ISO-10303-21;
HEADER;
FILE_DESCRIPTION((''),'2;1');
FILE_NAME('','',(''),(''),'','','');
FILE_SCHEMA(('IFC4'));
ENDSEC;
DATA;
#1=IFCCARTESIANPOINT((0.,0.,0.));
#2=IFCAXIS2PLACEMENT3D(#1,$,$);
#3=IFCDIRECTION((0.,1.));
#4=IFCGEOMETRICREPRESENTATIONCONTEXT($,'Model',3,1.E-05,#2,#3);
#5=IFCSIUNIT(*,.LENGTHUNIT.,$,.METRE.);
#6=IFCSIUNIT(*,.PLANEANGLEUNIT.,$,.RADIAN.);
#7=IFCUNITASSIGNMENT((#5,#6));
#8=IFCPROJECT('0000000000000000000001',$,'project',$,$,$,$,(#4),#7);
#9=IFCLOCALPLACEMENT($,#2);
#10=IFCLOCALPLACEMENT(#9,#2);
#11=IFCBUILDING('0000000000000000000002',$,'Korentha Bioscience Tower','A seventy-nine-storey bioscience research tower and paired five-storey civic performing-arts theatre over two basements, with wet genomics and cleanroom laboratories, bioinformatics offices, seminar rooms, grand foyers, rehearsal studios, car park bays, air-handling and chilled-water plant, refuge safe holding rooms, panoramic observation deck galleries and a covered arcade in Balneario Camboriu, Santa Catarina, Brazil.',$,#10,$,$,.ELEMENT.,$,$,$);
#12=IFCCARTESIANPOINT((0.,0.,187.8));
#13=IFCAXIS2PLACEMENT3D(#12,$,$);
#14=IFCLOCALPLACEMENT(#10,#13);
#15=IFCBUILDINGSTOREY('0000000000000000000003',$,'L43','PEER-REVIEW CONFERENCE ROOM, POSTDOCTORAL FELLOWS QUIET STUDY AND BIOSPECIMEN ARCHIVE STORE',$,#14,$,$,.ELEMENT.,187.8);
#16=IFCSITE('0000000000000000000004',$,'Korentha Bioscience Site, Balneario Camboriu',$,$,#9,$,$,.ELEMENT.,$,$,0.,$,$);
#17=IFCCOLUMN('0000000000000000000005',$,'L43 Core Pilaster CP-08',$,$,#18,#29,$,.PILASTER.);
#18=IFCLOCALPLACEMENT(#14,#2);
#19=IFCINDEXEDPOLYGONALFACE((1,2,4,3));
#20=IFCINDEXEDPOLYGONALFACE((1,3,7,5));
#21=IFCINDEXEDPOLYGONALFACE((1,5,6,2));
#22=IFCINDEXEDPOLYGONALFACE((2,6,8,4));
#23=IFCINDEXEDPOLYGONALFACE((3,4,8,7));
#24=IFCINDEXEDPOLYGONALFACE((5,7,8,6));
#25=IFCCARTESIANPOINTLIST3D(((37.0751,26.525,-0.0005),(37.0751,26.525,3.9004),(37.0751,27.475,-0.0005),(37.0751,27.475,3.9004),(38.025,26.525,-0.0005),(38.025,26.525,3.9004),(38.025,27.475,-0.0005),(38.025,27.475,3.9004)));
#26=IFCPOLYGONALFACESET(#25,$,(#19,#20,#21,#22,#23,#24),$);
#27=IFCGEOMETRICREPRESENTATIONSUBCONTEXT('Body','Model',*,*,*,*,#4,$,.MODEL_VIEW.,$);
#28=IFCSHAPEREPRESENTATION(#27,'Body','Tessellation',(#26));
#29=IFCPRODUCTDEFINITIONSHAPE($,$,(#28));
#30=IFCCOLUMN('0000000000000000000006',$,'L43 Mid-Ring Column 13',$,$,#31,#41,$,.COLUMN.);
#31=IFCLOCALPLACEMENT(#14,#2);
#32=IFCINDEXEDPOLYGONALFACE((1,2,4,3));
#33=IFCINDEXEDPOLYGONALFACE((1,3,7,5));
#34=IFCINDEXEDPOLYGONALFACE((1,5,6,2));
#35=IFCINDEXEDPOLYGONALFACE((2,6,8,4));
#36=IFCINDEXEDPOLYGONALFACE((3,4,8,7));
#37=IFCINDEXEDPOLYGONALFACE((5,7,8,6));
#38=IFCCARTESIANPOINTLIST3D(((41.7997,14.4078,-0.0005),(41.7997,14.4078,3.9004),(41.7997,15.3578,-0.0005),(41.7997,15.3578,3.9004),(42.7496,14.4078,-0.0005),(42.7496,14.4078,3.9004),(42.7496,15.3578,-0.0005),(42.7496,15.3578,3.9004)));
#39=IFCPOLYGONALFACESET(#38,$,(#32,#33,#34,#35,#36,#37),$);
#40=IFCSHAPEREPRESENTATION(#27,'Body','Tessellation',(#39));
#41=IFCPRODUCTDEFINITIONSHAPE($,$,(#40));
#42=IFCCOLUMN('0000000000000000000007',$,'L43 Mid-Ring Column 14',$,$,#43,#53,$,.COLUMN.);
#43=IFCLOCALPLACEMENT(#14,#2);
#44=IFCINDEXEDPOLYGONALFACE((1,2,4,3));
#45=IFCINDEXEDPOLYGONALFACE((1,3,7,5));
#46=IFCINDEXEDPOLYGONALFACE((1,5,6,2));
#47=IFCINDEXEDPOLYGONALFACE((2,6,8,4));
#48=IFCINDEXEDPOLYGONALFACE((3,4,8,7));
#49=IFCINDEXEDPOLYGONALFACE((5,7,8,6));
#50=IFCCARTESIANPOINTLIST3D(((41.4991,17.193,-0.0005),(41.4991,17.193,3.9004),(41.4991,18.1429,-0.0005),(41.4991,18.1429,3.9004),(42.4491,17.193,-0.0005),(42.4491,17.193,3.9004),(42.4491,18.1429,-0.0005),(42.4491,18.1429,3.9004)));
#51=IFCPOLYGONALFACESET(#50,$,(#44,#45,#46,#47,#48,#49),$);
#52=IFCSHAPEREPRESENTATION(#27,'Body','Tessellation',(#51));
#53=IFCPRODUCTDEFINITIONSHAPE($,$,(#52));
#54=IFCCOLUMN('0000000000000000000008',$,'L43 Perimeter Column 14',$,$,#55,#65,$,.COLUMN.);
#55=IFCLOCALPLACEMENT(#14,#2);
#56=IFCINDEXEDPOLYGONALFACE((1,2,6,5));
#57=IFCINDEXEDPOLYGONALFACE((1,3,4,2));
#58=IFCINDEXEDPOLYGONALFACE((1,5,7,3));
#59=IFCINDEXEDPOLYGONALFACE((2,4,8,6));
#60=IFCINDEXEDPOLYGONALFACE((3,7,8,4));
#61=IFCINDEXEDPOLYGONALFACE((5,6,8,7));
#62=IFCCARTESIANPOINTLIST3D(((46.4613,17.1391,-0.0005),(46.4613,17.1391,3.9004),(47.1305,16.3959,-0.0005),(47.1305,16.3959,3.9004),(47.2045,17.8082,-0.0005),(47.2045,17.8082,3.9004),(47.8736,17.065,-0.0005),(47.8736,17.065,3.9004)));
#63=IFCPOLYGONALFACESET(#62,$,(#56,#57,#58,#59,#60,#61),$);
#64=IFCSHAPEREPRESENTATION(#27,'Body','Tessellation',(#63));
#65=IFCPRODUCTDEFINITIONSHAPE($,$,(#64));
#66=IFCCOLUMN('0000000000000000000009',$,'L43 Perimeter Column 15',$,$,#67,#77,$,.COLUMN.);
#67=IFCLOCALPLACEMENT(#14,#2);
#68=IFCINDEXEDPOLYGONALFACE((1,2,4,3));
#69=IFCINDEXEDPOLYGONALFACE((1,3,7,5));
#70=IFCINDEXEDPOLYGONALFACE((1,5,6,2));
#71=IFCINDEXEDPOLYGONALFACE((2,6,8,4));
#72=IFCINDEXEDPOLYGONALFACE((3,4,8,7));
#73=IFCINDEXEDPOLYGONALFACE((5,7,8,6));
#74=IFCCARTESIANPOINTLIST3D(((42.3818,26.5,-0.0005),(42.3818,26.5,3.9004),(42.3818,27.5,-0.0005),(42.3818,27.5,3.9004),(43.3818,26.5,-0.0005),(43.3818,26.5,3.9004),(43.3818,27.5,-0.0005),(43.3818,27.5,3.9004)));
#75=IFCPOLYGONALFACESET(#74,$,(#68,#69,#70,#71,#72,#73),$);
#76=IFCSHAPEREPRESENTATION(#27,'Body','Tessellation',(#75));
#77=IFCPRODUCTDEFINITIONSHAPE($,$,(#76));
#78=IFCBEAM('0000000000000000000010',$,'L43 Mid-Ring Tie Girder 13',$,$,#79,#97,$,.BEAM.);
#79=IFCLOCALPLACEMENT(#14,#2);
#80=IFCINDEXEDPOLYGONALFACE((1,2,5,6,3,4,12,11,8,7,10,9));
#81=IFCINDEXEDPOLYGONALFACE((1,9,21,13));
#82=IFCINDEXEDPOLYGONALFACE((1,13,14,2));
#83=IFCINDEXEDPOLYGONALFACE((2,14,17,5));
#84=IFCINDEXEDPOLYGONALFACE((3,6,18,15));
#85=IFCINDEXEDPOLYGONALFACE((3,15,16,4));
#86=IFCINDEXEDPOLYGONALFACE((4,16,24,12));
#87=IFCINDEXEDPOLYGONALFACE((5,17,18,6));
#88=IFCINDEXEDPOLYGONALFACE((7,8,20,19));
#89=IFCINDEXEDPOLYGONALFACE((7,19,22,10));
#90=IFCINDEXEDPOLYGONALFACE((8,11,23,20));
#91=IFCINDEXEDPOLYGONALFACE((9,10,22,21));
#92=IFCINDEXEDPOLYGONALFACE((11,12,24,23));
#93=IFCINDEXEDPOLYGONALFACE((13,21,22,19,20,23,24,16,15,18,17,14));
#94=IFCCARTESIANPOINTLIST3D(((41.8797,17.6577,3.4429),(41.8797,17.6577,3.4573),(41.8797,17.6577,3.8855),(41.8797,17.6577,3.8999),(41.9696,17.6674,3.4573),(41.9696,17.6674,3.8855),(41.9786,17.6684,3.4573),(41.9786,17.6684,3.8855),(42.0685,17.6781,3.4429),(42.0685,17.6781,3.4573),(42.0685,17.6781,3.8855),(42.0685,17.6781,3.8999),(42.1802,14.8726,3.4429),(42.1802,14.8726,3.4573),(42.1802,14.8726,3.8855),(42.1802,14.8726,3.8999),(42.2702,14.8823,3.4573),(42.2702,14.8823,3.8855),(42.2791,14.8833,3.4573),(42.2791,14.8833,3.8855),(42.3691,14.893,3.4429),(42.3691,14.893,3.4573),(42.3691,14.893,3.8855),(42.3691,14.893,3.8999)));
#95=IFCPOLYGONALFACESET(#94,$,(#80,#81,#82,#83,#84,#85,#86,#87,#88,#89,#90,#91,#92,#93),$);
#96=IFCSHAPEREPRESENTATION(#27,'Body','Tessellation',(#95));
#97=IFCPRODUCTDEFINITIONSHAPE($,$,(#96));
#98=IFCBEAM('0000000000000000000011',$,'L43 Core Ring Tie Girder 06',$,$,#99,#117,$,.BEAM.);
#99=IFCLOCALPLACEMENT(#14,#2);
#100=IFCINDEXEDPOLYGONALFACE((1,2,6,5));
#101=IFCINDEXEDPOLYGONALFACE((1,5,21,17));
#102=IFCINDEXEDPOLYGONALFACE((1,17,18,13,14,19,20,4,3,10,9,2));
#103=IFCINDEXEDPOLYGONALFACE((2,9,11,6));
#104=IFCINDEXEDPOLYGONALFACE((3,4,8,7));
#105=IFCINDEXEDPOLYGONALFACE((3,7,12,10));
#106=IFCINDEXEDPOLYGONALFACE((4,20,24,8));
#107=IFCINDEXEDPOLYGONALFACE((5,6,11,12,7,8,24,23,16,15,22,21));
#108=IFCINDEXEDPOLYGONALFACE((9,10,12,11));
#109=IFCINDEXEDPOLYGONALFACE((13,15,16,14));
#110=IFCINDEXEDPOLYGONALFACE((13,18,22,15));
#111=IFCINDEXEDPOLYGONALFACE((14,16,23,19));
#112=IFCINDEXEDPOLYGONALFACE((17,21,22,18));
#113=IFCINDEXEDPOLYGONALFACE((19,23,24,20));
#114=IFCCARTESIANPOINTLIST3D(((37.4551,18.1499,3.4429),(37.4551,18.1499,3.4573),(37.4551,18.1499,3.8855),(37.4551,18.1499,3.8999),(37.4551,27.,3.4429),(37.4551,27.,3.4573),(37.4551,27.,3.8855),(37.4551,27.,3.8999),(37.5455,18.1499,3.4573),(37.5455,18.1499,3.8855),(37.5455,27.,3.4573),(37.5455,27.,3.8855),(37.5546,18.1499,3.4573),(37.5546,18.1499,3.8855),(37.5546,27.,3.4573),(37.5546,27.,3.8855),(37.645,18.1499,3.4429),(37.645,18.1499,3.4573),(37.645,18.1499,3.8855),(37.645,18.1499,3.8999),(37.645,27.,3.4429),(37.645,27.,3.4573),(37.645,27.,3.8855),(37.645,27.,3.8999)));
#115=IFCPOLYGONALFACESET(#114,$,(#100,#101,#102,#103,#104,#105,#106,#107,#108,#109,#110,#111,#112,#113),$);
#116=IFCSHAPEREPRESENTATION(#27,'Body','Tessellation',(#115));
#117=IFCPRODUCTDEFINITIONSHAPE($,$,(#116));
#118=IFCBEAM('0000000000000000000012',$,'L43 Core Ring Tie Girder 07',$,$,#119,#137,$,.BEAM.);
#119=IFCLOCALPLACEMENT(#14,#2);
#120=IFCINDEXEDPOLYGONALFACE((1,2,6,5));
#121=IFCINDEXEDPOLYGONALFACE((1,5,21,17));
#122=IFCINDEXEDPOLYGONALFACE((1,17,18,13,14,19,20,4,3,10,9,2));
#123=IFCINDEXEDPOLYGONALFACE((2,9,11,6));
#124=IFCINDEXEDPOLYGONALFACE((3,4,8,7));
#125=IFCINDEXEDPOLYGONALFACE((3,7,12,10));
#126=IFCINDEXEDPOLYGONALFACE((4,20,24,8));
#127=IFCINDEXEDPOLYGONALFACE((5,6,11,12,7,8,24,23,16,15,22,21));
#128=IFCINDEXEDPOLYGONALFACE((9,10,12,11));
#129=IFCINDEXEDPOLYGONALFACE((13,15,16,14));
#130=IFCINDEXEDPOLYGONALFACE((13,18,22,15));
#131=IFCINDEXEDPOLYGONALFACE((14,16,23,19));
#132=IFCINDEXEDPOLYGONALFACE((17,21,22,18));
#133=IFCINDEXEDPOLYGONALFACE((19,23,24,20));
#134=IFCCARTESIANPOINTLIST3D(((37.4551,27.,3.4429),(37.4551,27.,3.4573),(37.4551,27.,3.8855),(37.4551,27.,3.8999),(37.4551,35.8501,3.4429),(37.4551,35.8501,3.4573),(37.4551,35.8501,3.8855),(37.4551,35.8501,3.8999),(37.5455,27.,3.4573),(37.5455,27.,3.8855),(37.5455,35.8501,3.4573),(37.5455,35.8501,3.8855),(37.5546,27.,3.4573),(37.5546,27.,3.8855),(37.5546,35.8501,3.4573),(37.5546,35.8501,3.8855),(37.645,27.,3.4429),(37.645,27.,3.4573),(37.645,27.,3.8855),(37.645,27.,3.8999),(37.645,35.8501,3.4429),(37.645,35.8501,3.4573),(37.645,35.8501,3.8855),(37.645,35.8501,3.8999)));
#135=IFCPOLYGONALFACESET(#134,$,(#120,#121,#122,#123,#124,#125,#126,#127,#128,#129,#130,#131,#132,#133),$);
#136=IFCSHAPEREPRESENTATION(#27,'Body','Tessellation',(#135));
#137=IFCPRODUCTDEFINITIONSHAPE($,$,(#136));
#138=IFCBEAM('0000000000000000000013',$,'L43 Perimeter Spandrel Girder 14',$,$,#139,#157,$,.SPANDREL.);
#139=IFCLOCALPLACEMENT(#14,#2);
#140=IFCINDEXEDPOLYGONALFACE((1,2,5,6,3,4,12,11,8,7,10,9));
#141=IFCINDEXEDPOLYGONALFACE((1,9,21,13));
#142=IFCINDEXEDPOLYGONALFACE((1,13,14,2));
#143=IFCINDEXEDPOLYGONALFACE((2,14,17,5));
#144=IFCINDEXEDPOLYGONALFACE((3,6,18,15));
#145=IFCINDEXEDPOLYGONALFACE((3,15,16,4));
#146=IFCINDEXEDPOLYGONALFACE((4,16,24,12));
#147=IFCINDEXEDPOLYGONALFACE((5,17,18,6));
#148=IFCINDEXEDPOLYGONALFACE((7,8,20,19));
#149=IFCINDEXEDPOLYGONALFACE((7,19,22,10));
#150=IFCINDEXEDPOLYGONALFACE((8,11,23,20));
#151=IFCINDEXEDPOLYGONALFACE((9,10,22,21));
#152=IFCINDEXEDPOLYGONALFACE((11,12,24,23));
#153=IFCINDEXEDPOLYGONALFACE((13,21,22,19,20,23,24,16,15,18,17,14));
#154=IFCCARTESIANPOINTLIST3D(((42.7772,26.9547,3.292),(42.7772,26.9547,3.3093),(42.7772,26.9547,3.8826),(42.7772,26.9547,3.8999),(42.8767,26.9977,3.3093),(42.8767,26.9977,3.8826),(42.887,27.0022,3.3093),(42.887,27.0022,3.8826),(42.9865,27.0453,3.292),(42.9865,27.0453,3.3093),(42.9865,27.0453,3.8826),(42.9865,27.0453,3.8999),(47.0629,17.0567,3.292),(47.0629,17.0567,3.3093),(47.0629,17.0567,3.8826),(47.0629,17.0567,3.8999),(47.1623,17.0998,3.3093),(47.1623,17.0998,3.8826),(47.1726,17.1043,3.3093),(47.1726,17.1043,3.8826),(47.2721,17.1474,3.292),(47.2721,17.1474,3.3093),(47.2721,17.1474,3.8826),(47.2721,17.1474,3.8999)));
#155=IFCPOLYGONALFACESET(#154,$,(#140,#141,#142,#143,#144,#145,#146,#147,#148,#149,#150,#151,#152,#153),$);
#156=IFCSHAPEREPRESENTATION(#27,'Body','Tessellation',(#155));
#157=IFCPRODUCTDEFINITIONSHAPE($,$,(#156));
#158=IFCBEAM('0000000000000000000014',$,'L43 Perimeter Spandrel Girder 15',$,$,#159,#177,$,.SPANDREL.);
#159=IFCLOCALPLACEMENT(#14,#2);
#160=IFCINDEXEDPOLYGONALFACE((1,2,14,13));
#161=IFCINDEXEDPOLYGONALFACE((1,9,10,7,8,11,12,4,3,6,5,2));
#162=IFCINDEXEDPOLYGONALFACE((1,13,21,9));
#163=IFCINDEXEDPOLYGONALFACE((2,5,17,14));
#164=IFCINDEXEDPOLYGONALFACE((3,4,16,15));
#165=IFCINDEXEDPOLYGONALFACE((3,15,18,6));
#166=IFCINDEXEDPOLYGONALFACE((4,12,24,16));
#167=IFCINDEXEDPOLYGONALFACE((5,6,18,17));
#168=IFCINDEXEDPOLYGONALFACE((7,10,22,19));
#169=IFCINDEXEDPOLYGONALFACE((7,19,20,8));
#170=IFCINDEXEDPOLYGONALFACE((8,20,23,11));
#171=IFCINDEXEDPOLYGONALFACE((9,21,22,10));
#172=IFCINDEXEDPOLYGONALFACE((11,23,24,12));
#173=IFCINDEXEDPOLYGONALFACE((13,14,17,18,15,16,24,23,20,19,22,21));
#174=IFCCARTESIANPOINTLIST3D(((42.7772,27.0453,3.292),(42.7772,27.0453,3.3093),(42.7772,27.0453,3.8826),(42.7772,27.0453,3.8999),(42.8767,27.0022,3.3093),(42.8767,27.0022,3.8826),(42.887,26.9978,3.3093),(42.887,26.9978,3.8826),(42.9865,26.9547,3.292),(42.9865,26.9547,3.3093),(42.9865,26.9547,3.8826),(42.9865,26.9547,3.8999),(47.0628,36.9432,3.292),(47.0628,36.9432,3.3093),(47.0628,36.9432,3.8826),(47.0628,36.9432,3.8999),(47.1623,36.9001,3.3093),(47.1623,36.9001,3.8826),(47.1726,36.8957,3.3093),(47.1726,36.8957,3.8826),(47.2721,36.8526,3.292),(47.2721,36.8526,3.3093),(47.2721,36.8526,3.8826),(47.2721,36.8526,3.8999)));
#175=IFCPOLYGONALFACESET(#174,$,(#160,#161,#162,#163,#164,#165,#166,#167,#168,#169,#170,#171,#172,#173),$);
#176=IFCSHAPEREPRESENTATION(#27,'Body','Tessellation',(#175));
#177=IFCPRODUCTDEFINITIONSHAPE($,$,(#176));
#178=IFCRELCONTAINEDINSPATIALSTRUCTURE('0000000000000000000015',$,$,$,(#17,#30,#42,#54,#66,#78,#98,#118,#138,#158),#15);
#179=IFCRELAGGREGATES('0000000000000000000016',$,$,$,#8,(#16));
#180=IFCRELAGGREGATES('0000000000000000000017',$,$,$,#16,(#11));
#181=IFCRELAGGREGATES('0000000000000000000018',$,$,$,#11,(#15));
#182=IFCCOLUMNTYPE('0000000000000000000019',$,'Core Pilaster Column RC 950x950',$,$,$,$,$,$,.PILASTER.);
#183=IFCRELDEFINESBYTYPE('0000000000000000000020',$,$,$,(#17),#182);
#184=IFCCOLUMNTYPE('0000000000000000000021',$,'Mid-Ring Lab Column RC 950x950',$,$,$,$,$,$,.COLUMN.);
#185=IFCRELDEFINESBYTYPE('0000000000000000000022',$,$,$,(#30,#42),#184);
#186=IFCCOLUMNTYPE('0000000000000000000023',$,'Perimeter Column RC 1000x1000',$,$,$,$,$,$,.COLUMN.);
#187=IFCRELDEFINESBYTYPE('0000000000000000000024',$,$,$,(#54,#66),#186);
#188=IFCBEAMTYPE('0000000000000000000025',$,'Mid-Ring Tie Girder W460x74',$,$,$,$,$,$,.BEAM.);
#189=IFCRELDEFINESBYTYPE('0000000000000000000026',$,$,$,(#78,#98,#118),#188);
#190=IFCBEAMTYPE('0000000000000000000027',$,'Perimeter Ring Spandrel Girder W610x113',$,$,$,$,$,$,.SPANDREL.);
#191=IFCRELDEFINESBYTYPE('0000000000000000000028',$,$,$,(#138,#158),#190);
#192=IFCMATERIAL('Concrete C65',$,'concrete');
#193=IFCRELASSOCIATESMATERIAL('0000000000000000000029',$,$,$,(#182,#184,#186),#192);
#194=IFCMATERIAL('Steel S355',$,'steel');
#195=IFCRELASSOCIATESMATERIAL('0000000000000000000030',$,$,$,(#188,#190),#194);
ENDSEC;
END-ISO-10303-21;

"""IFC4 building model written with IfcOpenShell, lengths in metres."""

from ifc_helpers import new_model, si_unit, direction, frame, origin, origin_2d, place, context, subcontext, project, spatial, rectangle, i_section, extrude, material, material_profile, profile_set, type_object, element, save


model = new_model("IFC4")

# Units and contexts
model_context = context("Model", 3, precision=1e-05, world=origin(), true_north=direction((0.0, 1.0)))
body_context = subcontext(model_context, "Body", "Model", "MODEL_VIEW")
ifc_project = project(units=[si_unit("LENGTHUNIT", "METRE"), si_unit("PLANEANGLEUNIT", "RADIAN")], contexts=[model_context])

# Site, building, storey
site_placement = place(None, origin())
site = spatial("IfcSite", under=ifc_project, at=site_placement, Name="Korentha Bioscience Site, Balneario Camboriu", CompositionType="ELEMENT", RefElevation=0.0)
building_placement = place(site_placement, origin())
building = spatial("IfcBuilding", under=site, at=building_placement, Name="Korentha Bioscience Tower", Description="A seventy-nine-storey bioscience research tower and paired five-storey civic performing-arts theatre over two basements, with wet genomics and cleanroom laboratories, bioinformatics offices, seminar rooms, grand foyers, rehearsal studios, car park bays, air-handling and chilled-water plant, refuge safe holding rooms, panoramic observation deck galleries and a covered arcade in Balneario Camboriu, Santa Catarina, Brazil.", CompositionType="ELEMENT")
storey_placement = place(building_placement, frame((0.0, 0.0, 187.8)))
storey = spatial("IfcBuildingStorey", under=building, at=storey_placement, Name="L43", Description="PEER-REVIEW CONFERENCE ROOM, POSTDOCTORAL FELLOWS QUIET STUDY AND BIOSPECIMEN ARCHIVE STORE", CompositionType="ELEMENT", Elevation=187.8)

# Columns
ifc_material_1 = material(Name="Concrete C65", Category="concrete")
ifc_material_profile_1 = material_profile(ifc_material_1, rectangle(XDim=0.95, YDim=0.95, at=origin_2d()), Name="Concrete C65")
ifc_profile_set_1 = profile_set([ifc_material_profile_1], Name="Concrete C65 (COL-CP09)")
column_type_1 = type_object("IfcColumnType", Name="Core Pilaster Column RC 950x950", PredefinedType="PILASTER", material=ifc_profile_set_1)
column_placement = place(storey_placement, frame((37.55, 27.0, -0.0005), z_axis=(0.0, 0.0, 1.0), x_axis=(1.0, 0.0, 0.0)))
element("IfcColumn", 1, at=column_placement, inside=storey, type_object=column_type_1, Name="L43 Core Pilaster CP-08", PredefinedType="PILASTER", context=body_context, shape_type="SweptSolid", body=[
    extrude(rectangle(XDim=0.95, YDim=0.95, at=origin_2d()), origin(), (0.0, 0.0, 1.0), 3.9009),
])
ifc_material_profile_2 = material_profile(ifc_material_1, rectangle(XDim=0.95, YDim=0.95, at=origin_2d()), Name="Concrete C65")
ifc_profile_set_2 = profile_set([ifc_material_profile_2], Name="Concrete C65 (COL-MR09)")
column_type_2 = type_object("IfcColumnType", Name="Mid-Ring Lab Column RC 950x950", PredefinedType="COLUMN", material=ifc_profile_set_2)
for number, where, z_axis, x_axis, name in (
    (2, (42.2747, 14.8828, -0.0005), (0.0, 0.0, 1.0), (1.0, 0.0, 0.0), "L43 Mid-Ring Column 13"),
    (3, (41.9741, 17.668, -0.0005), (0.0, 0.0, 1.0), (1.0, 0.0, 0.0), "L43 Mid-Ring Column 14"),
):
    element("IfcColumn", number, at=place(storey_placement, frame(where, z_axis=z_axis, x_axis=x_axis)), inside=storey, type_object=column_type_2, Name=name, PredefinedType="COLUMN", context=body_context, shape_type="SweptSolid", body=[
        extrude(rectangle(XDim=0.95, YDim=0.95, at=origin_2d()), origin(), (0.0, 0.0, 1.0), 3.9009),
    ])
ifc_material_profile_3 = material_profile(ifc_material_1, rectangle(XDim=1.0, YDim=1.0, at=origin_2d()), Name="Concrete C65")
ifc_profile_set_3 = profile_set([ifc_material_profile_3], Name="Concrete C65 (COL-P10)")
column_type_3 = type_object("IfcColumnType", Name="Perimeter Column RC 1000x1000", PredefinedType="COLUMN", material=ifc_profile_set_3)
for number, where, z_axis, x_axis, name in (
    (4, (47.1675, 17.1021, -0.0005), (0.0, 0.0, 1.0), (-0.669131, 0.743145, 0.0), "L43 Perimeter Column 14"),
    (5, (42.8818, 27.0, -0.0005), (0.0, 0.0, 1.0), (0.0, 1.0, 0.0), "L43 Perimeter Column 15"),
):
    element("IfcColumn", number, at=place(storey_placement, frame(where, z_axis=z_axis, x_axis=x_axis)), inside=storey, type_object=column_type_3, Name=name, PredefinedType="COLUMN", context=body_context, shape_type="SweptSolid", body=[
        extrude(rectangle(XDim=1.0, YDim=1.0, at=origin_2d()), origin(), (0.0, 0.0, 1.0), 3.9009),
    ])

# Beams
ifc_material_2 = material(Name="Steel S355", Category="steel")
ifc_material_profile_4 = material_profile(ifc_material_2, i_section(OverallWidth=0.1899, OverallDepth=0.457, WebThickness=0.009, FlangeThickness=0.0144, at=origin_2d()), Name="Steel S355")
ifc_profile_set_4 = profile_set([ifc_material_profile_4], Name="Steel S355 (MB-460)")
beam_type_1 = type_object("IfcBeamType", Name="Mid-Ring Tie Girder W460x74", PredefinedType="BEAM", material=ifc_profile_set_4)
beam_1_placement = place(storey_placement, frame((42.2747, 14.8828, 3.6714), z_axis=(-0.107284, 0.994228, 0.0), x_axis=(-0.994228, -0.107284, 0.0)))
element("IfcBeam", 6, at=beam_1_placement, inside=storey, type_object=beam_type_1, Name="L43 Mid-Ring Tie Girder 13", PredefinedType="BEAM", context=body_context, shape_type="SweptSolid", body=[
    extrude(i_section(OverallWidth=0.1899, OverallDepth=0.457, WebThickness=0.009, FlangeThickness=0.0144, at=origin_2d()), origin(), (0.0, 0.0, 1.0), 2.8013),
])
for number, where, z_axis, x_axis, name in (
    (7, (37.55, 18.1499, 3.6714), (0.0, 1.0, 0.0), (-1.0, 0.0, 0.0), "L43 Core Ring Tie Girder 06"),
    (8, (37.55, 27.0, 3.6714), (0.0, 1.0, 0.0), (-1.0, 0.0, 0.0), "L43 Core Ring Tie Girder 07"),
):
    element("IfcBeam", number, at=place(storey_placement, frame(where, z_axis=z_axis, x_axis=x_axis)), inside=storey, type_object=beam_type_1, Name=name, PredefinedType="BEAM", context=body_context, shape_type="SweptSolid", body=[
        extrude(i_section(OverallWidth=0.1899, OverallDepth=0.457, WebThickness=0.009, FlangeThickness=0.0144, at=origin_2d()), origin(), (0.0, 0.0, 1.0), 8.8501),
    ])
ifc_material_profile_5 = material_profile(ifc_material_2, i_section(OverallWidth=0.228, OverallDepth=0.6079, WebThickness=0.0112, FlangeThickness=0.0173, at=origin_2d()), Name="Steel S355")
ifc_profile_set_5 = profile_set([ifc_material_profile_5], Name="Steel S355 (SB-610)")
beam_type_2 = type_object("IfcBeamType", Name="Perimeter Ring Spandrel Girder W610x113", PredefinedType="SPANDREL", material=ifc_profile_set_5)
for number, where, z_axis, x_axis, name in (
    (9, (47.1675, 17.1021, 3.5959), (-0.397337, 0.917673, 0.0), (-0.917673, -0.397337, 0.0), "L43 Perimeter Spandrel Girder 14"),
    (10, (42.8818, 27.0, 3.5959), (0.397337, 0.917673, 0.0), (-0.917673, 0.397337, 0.0), "L43 Perimeter Spandrel Girder 15"),
):
    element("IfcBeam", number, at=place(storey_placement, frame(where, z_axis=z_axis, x_axis=x_axis)), inside=storey, type_object=beam_type_2, Name=name, PredefinedType="SPANDREL", context=body_context, shape_type="SweptSolid", body=[
        extrude(i_section(OverallWidth=0.228, OverallDepth=0.6079, WebThickness=0.0112, FlangeThickness=0.0173, at=origin_2d()), origin(), (0.0, 0.0, 1.0), 10.7859),
    ])

save(model, "model.ifc")
